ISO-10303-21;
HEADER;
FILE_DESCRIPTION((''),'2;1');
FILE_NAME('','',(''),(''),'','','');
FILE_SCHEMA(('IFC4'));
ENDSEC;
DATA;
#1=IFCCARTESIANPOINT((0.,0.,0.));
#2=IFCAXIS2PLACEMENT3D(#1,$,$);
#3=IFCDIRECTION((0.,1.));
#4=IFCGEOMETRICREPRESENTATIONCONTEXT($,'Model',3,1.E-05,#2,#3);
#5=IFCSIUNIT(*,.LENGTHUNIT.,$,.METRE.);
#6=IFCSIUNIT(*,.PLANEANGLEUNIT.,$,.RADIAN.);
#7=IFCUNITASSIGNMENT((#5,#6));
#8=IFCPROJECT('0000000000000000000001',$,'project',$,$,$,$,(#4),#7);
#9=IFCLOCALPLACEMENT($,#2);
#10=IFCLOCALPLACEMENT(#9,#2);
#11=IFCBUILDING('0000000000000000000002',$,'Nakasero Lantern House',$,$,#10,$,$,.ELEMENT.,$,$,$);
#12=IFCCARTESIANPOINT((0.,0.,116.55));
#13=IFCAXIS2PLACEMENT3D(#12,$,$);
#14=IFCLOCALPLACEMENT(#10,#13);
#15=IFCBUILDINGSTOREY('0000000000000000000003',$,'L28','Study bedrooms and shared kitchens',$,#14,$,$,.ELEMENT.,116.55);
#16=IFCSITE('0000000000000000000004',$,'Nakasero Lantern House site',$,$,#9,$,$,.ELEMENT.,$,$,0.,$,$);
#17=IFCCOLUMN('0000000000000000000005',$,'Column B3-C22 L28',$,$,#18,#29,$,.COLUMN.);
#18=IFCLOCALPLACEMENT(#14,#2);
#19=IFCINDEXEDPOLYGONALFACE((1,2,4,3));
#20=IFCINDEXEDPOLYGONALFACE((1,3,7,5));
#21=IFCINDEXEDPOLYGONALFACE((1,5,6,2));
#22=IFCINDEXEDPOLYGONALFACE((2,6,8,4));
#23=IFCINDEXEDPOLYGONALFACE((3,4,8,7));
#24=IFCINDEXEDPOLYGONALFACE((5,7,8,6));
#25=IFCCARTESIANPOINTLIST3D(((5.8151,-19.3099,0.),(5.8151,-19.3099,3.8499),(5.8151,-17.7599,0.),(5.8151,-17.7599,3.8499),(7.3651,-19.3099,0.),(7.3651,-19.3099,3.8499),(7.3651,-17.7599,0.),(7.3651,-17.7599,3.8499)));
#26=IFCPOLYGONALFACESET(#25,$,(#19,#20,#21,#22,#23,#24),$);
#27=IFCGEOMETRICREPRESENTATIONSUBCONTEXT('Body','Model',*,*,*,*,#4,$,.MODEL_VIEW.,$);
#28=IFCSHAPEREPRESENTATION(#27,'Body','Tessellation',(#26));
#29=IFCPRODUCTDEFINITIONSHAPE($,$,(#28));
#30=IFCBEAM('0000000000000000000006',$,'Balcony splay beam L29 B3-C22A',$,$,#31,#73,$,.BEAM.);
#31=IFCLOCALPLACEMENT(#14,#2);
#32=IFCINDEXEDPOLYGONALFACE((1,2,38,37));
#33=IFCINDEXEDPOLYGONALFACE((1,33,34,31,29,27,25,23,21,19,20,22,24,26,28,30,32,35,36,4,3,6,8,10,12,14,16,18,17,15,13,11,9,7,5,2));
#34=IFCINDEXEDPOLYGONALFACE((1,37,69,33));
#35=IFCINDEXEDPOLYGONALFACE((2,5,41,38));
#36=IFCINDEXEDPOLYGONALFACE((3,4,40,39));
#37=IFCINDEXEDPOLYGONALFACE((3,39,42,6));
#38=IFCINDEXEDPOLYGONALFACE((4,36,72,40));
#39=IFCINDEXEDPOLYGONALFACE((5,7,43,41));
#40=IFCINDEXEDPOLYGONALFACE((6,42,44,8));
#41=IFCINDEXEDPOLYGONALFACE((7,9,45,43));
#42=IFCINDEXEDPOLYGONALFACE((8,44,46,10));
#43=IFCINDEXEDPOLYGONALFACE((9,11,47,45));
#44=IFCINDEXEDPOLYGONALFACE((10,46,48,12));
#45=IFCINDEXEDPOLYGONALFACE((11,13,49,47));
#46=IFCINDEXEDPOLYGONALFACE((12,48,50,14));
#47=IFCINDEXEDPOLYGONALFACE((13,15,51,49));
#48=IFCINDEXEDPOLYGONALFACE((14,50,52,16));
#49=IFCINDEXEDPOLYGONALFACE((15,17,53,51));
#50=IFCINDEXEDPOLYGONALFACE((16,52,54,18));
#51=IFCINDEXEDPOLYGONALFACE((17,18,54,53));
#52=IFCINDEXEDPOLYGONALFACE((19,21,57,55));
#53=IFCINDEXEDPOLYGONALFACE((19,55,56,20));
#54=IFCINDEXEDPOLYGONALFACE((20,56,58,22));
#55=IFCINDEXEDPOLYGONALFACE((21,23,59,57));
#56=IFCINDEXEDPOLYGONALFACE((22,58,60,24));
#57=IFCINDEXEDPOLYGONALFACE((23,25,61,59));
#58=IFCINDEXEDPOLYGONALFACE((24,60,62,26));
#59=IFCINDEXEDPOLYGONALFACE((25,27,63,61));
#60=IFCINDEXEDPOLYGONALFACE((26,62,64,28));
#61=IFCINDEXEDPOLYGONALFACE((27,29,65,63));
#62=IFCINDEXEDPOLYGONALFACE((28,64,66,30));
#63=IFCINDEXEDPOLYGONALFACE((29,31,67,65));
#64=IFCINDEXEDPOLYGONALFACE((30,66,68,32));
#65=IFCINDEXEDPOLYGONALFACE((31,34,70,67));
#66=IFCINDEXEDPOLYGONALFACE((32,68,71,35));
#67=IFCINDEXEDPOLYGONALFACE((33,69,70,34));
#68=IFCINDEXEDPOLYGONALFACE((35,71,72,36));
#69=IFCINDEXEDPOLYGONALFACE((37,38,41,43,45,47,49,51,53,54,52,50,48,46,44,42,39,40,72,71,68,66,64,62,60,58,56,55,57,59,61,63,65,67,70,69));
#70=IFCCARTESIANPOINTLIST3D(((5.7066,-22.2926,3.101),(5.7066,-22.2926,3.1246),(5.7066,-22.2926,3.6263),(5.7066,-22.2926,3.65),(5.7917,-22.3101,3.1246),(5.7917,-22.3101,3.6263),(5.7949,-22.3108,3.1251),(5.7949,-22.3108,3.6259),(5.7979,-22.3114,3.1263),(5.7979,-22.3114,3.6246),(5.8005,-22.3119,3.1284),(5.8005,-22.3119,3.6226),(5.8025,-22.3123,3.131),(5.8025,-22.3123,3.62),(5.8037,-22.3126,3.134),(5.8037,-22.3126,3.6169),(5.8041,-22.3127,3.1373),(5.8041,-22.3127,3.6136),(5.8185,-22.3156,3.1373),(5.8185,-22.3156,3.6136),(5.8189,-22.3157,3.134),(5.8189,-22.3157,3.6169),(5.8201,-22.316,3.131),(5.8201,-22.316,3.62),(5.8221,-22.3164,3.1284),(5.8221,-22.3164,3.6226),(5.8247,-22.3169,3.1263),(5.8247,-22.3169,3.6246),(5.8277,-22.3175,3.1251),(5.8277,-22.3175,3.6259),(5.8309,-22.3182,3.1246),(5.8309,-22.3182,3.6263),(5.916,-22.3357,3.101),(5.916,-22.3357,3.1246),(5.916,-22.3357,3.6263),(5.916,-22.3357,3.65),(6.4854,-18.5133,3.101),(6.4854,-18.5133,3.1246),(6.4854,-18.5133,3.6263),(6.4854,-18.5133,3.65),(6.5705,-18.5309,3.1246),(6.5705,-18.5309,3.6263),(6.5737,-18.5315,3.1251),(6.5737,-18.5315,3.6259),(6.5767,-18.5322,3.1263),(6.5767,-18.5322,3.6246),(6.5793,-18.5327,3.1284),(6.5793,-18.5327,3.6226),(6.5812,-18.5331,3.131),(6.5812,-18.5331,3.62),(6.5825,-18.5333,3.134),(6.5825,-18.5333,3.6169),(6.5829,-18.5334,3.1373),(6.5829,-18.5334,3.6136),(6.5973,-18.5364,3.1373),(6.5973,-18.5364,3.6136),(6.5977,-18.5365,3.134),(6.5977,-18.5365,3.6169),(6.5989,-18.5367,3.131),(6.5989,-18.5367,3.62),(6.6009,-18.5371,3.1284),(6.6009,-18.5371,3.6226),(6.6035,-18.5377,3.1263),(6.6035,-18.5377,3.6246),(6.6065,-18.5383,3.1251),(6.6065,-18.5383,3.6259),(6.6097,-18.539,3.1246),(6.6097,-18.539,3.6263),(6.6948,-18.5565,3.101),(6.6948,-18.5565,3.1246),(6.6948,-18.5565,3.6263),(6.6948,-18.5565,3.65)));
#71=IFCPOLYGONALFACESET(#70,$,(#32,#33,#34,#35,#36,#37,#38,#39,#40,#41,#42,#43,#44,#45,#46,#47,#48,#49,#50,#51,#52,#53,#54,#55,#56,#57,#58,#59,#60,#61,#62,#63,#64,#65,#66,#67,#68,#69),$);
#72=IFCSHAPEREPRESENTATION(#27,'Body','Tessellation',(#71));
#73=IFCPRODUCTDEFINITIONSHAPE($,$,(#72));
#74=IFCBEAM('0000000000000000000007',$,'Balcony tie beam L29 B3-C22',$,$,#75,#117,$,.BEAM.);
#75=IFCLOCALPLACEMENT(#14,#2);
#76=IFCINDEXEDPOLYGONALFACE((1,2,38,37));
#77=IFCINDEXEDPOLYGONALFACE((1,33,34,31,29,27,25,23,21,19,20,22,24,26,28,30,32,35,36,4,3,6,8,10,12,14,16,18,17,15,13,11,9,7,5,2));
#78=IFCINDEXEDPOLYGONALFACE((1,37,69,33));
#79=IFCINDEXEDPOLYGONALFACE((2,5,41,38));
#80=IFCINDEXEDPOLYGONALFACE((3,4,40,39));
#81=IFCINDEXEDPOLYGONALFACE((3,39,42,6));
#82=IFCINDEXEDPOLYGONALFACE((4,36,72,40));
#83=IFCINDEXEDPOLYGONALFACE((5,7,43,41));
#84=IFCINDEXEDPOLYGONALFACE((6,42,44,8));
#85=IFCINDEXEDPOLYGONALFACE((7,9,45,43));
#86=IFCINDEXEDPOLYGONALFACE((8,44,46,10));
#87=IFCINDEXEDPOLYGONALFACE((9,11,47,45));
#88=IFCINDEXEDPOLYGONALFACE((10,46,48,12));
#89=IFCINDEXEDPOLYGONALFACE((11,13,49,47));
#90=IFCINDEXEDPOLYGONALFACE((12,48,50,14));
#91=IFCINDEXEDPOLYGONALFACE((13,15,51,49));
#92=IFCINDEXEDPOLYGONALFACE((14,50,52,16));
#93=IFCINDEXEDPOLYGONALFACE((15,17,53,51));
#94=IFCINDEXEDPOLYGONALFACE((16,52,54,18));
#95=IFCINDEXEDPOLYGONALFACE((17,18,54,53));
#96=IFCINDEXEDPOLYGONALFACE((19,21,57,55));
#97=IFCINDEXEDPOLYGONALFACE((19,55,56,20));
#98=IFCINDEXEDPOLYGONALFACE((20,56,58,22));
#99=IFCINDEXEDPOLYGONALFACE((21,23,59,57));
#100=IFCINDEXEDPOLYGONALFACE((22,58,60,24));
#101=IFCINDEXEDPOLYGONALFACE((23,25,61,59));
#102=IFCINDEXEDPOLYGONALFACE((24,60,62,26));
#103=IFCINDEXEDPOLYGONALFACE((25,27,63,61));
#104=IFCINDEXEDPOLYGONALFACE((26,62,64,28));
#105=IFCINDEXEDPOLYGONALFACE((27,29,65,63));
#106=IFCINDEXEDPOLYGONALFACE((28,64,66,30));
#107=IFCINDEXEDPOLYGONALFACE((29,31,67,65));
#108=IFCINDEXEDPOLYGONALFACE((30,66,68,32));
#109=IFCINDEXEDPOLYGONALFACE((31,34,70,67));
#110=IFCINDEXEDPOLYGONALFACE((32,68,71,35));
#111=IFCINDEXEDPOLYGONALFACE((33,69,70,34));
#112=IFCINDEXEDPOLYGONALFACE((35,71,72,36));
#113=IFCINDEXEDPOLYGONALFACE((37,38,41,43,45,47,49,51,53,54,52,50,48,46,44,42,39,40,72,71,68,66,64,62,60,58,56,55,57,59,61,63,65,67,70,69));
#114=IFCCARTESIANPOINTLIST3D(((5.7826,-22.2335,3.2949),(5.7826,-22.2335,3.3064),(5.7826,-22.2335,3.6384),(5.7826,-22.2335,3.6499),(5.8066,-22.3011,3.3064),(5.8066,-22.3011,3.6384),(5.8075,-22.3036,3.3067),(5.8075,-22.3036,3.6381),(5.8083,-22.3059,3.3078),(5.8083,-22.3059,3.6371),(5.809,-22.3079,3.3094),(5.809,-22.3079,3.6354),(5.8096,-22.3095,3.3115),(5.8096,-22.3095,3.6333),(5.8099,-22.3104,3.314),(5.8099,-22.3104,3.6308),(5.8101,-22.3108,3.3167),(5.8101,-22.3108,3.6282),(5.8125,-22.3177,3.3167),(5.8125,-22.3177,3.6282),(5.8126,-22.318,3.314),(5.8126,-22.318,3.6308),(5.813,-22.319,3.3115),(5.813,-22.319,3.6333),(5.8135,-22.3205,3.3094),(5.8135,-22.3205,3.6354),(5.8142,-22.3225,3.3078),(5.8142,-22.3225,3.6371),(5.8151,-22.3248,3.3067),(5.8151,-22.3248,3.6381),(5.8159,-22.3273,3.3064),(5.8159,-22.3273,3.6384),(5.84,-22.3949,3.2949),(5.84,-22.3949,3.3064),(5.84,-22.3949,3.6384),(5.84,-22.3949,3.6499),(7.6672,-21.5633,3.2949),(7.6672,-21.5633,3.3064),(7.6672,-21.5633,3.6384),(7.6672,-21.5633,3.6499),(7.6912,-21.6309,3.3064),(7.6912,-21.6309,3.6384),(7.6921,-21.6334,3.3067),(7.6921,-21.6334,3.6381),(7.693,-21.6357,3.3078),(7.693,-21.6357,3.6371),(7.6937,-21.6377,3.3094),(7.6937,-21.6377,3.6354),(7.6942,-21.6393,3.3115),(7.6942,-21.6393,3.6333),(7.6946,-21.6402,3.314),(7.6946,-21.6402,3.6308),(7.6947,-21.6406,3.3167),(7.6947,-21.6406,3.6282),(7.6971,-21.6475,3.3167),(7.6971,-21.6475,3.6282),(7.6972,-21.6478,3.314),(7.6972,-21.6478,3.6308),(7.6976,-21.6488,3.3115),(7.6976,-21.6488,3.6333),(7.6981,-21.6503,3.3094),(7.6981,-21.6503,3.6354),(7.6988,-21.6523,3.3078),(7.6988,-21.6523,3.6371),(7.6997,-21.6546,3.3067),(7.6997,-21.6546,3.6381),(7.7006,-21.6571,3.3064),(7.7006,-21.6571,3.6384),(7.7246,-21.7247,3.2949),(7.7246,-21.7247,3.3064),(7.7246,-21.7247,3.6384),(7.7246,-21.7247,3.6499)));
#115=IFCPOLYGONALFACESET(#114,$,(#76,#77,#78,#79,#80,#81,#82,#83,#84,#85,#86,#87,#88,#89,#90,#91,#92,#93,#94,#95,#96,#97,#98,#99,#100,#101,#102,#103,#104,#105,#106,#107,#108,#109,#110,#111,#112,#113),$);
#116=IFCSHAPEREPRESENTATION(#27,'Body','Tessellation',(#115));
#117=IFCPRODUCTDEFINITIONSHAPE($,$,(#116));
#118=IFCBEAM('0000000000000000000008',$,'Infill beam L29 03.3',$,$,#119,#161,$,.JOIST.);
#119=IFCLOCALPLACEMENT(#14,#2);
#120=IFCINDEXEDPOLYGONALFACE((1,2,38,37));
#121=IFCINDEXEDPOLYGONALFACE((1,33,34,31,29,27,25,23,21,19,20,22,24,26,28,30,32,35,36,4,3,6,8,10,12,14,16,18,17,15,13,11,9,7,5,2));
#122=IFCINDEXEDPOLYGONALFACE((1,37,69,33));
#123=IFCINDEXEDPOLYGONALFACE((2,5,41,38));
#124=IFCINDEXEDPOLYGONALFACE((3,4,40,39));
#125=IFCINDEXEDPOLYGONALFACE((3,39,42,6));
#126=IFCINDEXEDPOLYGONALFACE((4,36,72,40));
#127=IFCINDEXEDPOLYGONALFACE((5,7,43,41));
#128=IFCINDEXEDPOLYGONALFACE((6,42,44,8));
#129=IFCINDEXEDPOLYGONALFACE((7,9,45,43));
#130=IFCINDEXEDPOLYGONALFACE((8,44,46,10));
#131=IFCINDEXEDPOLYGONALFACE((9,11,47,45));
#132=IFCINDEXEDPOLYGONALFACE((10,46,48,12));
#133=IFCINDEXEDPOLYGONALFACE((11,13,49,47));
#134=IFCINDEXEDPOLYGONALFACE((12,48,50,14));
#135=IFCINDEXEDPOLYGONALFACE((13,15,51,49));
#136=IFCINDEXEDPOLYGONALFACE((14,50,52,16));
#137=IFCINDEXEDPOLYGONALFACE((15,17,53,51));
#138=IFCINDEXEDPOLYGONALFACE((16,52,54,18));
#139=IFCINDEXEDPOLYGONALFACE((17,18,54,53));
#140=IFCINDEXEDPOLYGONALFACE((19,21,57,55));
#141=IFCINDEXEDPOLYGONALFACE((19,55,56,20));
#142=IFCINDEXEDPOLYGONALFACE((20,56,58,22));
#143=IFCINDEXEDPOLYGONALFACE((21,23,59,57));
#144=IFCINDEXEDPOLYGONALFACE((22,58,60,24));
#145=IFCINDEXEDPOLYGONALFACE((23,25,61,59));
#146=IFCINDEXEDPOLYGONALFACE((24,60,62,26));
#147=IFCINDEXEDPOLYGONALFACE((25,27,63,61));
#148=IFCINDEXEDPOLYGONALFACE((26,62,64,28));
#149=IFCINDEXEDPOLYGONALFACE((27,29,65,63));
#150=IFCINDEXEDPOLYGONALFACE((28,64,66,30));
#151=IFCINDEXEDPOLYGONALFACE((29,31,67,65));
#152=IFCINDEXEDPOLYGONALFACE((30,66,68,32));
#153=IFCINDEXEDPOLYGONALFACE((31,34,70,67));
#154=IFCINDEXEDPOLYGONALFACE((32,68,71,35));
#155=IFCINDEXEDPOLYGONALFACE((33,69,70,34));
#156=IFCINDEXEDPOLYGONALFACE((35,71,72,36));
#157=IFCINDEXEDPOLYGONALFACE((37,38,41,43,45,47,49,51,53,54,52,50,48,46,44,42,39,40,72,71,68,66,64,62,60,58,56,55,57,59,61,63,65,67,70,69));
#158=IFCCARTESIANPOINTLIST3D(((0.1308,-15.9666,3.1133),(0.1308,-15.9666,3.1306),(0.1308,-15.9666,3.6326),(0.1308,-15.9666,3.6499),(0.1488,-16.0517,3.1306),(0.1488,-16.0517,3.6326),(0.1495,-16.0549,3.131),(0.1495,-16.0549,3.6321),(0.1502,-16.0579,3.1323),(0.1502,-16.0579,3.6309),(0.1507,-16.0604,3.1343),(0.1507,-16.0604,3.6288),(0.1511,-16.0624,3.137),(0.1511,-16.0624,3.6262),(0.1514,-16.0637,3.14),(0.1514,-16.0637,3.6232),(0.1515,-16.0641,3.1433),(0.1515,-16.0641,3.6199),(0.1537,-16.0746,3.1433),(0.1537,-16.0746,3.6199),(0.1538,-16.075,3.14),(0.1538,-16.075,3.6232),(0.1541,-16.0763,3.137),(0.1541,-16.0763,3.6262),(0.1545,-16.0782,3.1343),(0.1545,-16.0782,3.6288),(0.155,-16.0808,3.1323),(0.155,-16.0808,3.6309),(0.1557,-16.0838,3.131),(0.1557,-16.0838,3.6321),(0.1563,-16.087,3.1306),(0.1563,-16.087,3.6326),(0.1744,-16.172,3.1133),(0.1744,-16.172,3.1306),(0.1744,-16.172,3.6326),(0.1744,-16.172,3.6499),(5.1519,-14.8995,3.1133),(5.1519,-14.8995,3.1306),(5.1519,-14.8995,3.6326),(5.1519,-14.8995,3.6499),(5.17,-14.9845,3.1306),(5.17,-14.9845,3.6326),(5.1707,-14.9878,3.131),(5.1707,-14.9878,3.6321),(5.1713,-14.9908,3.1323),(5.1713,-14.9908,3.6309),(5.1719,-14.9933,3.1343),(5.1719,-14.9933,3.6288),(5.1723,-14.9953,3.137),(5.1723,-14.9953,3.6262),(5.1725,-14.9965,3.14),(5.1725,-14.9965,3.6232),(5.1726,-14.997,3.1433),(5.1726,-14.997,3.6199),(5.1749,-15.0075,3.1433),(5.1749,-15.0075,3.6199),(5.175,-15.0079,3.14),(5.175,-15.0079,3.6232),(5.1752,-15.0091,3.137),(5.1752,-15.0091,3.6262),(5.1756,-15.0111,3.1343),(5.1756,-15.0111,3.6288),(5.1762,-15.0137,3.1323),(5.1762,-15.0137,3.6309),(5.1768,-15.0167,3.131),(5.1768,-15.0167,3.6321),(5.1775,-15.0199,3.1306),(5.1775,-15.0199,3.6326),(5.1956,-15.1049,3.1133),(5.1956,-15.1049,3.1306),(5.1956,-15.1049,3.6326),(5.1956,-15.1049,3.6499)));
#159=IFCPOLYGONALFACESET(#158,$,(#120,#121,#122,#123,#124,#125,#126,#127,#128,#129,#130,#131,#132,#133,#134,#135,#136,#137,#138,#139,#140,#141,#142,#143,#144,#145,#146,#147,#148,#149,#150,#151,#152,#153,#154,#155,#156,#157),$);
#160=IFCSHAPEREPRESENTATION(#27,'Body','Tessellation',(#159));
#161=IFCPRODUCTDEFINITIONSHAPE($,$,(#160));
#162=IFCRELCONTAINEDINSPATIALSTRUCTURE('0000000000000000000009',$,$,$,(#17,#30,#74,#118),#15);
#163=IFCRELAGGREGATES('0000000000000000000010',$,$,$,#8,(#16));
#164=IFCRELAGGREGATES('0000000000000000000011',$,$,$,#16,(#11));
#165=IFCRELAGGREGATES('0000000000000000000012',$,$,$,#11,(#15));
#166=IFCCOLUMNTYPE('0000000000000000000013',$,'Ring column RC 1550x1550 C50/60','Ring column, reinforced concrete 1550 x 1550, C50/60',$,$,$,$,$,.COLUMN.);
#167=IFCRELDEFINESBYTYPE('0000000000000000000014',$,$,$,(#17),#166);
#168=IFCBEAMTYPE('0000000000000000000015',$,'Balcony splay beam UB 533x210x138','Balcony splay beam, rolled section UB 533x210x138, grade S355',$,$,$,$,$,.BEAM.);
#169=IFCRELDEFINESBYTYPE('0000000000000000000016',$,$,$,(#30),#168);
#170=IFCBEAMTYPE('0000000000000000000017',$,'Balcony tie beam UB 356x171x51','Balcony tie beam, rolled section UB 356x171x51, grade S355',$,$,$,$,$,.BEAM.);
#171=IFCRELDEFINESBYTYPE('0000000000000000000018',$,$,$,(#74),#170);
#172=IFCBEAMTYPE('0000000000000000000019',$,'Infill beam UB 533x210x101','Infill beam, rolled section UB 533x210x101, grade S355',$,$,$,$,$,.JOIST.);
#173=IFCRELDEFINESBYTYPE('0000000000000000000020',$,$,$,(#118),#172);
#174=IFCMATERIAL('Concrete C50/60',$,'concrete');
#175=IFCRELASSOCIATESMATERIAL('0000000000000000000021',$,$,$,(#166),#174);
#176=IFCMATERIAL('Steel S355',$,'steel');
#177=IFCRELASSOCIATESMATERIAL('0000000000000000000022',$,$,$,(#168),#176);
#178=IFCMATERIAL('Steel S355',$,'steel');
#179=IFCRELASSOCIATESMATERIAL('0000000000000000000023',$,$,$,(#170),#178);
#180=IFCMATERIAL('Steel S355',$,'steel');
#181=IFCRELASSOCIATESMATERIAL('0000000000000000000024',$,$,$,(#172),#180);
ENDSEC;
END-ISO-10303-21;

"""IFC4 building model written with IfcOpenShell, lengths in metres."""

from ifc_helpers import new_model, si_unit, direction, frame, origin, origin_2d, place, context, subcontext, project, spatial, rectangle, i_section, extrude, material, material_profile, profile_set, type_object, element, save


model = new_model("IFC4")

# Units and contexts
model_context = context("Model", 3, precision=1e-05, world=origin(), true_north=direction((0.0, 1.0)))
body_context = subcontext(model_context, "Body", "Model", "MODEL_VIEW")
ifc_project = project(units=[si_unit("LENGTHUNIT", "METRE"), si_unit("PLANEANGLEUNIT", "RADIAN")], contexts=[model_context])

# Site, building, storey
site_placement = place(None, origin())
site = spatial("IfcSite", under=ifc_project, at=site_placement, Name="Nakasero Lantern House site", CompositionType="ELEMENT", RefElevation=0.0)
building_placement = place(site_placement, origin())
building = spatial("IfcBuilding", under=site, at=building_placement, Name="Nakasero Lantern House", CompositionType="ELEMENT")
storey_placement = place(building_placement, frame((0.0, 0.0, 116.55)))
storey = spatial("IfcBuildingStorey", under=building, at=storey_placement, Name="L28", Description="Study bedrooms and shared kitchens", CompositionType="ELEMENT", Elevation=116.55)

# Column
ifc_material_1 = material(Name="Concrete C50/60", Category="concrete")
ifc_material_profile_1 = material_profile(ifc_material_1, rectangle(XDim=1.55, YDim=1.55, at=origin_2d()), Name="RC 1550x1550")
ifc_profile_set_1 = profile_set([ifc_material_profile_1], Name="Concrete C50/60")
column_type = type_object("IfcColumnType", Name="Ring column RC 1550x1550 C50/60", Description="Ring column, reinforced concrete 1550 x 1550, C50/60", PredefinedType="COLUMN", material=ifc_profile_set_1)
column_placement = place(storey_placement, frame((6.5901, -18.5349, 0.0), z_axis=(0.0, 0.0, 1.0), x_axis=(1.0, 0.0, 0.0)))
element("IfcColumn", 1, at=column_placement, inside=storey, type_object=column_type, Name="Column B3-C22 L28", PredefinedType="COLUMN", context=body_context, shape_type="SweptSolid", body=[
    extrude(rectangle(XDim=1.55, YDim=1.55, at=origin_2d()), origin(), (0.0, 0.0, 1.0), 3.8499),
])

# Beams
ifc_material_2 = material(Name="Steel S355", Category="steel")
ifc_material_profile_2 = material_profile(ifc_material_2, i_section(OverallWidth=0.2139, OverallDepth=0.5491, WebThickness=0.0146, FlangeThickness=0.0237, FilletRadius=0.0127, at=origin_2d()), Name="UB 533x210x138")
ifc_profile_set_2 = profile_set([ifc_material_profile_2], Name="Steel S355")
beam_type_1 = type_object("IfcBeamType", Name="Balcony splay beam UB 533x210x138", Description="Balcony splay beam, rolled section UB 533x210x138, grade S355", PredefinedType="BEAM", material=ifc_profile_set_2)
beam_1_placement = place(storey_placement, frame((6.5901, -18.5349, 3.3755), z_axis=(-0.201831, -0.97942, 0.0), x_axis=(0.97942, -0.201831, 0.0)))
element("IfcBeam", 2, at=beam_1_placement, inside=storey, type_object=beam_type_1, Name="Balcony splay beam L29 B3-C22A", PredefinedType="BEAM", context=body_context, shape_type="SweptSolid", body=[
    extrude(i_section(OverallWidth=0.2139, OverallDepth=0.5491, WebThickness=0.0146, FlangeThickness=0.0237, FilletRadius=0.0127, at=origin_2d()), origin(), (0.0, 0.0, 1.0), 3.8586),
])
ifc_material_3 = material(Name="Steel S355", Category="steel")
ifc_material_profile_3 = material_profile(ifc_material_3, i_section(OverallWidth=0.1714, OverallDepth=0.355, WebThickness=0.0073, FlangeThickness=0.0115, FilletRadius=0.0103, at=origin_2d()), Name="UB 356x171x51")
ifc_profile_set_3 = profile_set([ifc_material_profile_3], Name="Steel S355")
beam_type_2 = type_object("IfcBeamType", Name="Balcony tie beam UB 356x171x51", Description="Balcony tie beam, rolled section UB 356x171x51, grade S355", PredefinedType="BEAM", material=ifc_profile_set_3)
beam_2_placement = place(storey_placement, frame((5.8113, -22.3142, 3.4724), z_axis=(0.942197, 0.33506, 0.0), x_axis=(-0.33506, 0.942197, 0.0)))
element("IfcBeam", 3, at=beam_2_placement, inside=storey, type_object=beam_type_2, Name="Balcony tie beam L29 B3-C22", PredefinedType="BEAM", context=body_context, shape_type="SweptSolid", body=[
    extrude(i_section(OverallWidth=0.1714, OverallDepth=0.355, WebThickness=0.0073, FlangeThickness=0.0115, FilletRadius=0.0103, at=origin_2d()), origin(), (0.0, 0.0, 1.0), 2.0002),
])
ifc_material_4 = material(Name="Steel S355", Category="steel")
ifc_material_profile_4 = material_profile(ifc_material_4, i_section(OverallWidth=0.21, OverallDepth=0.5366, WebThickness=0.0107, FlangeThickness=0.0173, FilletRadius=0.0127, at=origin_2d()), Name="UB 533x210x101")
ifc_profile_set_4 = profile_set([ifc_material_profile_4], Name="Steel S355")
beam_type_3 = type_object("IfcBeamType", Name="Infill beam UB 533x210x101", Description="Infill beam, rolled section UB 533x210x101, grade S355", PredefinedType="JOIST", material=ifc_profile_set_4)
beam_3_placement = place(storey_placement, frame((0.1526, -16.0693, 3.3816), z_axis=(0.978154, 0.207882, 0.0), x_axis=(-0.207882, 0.978154, 0.0)))
element("IfcBeam", 4, at=beam_3_placement, inside=storey, type_object=beam_type_3, Name="Infill beam L29 03.3", PredefinedType="JOIST", context=body_context, shape_type="SweptSolid", body=[
    extrude(i_section(OverallWidth=0.21, OverallDepth=0.5366, WebThickness=0.0107, FlangeThickness=0.0173, FilletRadius=0.0127, at=origin_2d()), origin(), (0.0, 0.0, 1.0), 5.1333),
])

save(model, "model.ifc")
